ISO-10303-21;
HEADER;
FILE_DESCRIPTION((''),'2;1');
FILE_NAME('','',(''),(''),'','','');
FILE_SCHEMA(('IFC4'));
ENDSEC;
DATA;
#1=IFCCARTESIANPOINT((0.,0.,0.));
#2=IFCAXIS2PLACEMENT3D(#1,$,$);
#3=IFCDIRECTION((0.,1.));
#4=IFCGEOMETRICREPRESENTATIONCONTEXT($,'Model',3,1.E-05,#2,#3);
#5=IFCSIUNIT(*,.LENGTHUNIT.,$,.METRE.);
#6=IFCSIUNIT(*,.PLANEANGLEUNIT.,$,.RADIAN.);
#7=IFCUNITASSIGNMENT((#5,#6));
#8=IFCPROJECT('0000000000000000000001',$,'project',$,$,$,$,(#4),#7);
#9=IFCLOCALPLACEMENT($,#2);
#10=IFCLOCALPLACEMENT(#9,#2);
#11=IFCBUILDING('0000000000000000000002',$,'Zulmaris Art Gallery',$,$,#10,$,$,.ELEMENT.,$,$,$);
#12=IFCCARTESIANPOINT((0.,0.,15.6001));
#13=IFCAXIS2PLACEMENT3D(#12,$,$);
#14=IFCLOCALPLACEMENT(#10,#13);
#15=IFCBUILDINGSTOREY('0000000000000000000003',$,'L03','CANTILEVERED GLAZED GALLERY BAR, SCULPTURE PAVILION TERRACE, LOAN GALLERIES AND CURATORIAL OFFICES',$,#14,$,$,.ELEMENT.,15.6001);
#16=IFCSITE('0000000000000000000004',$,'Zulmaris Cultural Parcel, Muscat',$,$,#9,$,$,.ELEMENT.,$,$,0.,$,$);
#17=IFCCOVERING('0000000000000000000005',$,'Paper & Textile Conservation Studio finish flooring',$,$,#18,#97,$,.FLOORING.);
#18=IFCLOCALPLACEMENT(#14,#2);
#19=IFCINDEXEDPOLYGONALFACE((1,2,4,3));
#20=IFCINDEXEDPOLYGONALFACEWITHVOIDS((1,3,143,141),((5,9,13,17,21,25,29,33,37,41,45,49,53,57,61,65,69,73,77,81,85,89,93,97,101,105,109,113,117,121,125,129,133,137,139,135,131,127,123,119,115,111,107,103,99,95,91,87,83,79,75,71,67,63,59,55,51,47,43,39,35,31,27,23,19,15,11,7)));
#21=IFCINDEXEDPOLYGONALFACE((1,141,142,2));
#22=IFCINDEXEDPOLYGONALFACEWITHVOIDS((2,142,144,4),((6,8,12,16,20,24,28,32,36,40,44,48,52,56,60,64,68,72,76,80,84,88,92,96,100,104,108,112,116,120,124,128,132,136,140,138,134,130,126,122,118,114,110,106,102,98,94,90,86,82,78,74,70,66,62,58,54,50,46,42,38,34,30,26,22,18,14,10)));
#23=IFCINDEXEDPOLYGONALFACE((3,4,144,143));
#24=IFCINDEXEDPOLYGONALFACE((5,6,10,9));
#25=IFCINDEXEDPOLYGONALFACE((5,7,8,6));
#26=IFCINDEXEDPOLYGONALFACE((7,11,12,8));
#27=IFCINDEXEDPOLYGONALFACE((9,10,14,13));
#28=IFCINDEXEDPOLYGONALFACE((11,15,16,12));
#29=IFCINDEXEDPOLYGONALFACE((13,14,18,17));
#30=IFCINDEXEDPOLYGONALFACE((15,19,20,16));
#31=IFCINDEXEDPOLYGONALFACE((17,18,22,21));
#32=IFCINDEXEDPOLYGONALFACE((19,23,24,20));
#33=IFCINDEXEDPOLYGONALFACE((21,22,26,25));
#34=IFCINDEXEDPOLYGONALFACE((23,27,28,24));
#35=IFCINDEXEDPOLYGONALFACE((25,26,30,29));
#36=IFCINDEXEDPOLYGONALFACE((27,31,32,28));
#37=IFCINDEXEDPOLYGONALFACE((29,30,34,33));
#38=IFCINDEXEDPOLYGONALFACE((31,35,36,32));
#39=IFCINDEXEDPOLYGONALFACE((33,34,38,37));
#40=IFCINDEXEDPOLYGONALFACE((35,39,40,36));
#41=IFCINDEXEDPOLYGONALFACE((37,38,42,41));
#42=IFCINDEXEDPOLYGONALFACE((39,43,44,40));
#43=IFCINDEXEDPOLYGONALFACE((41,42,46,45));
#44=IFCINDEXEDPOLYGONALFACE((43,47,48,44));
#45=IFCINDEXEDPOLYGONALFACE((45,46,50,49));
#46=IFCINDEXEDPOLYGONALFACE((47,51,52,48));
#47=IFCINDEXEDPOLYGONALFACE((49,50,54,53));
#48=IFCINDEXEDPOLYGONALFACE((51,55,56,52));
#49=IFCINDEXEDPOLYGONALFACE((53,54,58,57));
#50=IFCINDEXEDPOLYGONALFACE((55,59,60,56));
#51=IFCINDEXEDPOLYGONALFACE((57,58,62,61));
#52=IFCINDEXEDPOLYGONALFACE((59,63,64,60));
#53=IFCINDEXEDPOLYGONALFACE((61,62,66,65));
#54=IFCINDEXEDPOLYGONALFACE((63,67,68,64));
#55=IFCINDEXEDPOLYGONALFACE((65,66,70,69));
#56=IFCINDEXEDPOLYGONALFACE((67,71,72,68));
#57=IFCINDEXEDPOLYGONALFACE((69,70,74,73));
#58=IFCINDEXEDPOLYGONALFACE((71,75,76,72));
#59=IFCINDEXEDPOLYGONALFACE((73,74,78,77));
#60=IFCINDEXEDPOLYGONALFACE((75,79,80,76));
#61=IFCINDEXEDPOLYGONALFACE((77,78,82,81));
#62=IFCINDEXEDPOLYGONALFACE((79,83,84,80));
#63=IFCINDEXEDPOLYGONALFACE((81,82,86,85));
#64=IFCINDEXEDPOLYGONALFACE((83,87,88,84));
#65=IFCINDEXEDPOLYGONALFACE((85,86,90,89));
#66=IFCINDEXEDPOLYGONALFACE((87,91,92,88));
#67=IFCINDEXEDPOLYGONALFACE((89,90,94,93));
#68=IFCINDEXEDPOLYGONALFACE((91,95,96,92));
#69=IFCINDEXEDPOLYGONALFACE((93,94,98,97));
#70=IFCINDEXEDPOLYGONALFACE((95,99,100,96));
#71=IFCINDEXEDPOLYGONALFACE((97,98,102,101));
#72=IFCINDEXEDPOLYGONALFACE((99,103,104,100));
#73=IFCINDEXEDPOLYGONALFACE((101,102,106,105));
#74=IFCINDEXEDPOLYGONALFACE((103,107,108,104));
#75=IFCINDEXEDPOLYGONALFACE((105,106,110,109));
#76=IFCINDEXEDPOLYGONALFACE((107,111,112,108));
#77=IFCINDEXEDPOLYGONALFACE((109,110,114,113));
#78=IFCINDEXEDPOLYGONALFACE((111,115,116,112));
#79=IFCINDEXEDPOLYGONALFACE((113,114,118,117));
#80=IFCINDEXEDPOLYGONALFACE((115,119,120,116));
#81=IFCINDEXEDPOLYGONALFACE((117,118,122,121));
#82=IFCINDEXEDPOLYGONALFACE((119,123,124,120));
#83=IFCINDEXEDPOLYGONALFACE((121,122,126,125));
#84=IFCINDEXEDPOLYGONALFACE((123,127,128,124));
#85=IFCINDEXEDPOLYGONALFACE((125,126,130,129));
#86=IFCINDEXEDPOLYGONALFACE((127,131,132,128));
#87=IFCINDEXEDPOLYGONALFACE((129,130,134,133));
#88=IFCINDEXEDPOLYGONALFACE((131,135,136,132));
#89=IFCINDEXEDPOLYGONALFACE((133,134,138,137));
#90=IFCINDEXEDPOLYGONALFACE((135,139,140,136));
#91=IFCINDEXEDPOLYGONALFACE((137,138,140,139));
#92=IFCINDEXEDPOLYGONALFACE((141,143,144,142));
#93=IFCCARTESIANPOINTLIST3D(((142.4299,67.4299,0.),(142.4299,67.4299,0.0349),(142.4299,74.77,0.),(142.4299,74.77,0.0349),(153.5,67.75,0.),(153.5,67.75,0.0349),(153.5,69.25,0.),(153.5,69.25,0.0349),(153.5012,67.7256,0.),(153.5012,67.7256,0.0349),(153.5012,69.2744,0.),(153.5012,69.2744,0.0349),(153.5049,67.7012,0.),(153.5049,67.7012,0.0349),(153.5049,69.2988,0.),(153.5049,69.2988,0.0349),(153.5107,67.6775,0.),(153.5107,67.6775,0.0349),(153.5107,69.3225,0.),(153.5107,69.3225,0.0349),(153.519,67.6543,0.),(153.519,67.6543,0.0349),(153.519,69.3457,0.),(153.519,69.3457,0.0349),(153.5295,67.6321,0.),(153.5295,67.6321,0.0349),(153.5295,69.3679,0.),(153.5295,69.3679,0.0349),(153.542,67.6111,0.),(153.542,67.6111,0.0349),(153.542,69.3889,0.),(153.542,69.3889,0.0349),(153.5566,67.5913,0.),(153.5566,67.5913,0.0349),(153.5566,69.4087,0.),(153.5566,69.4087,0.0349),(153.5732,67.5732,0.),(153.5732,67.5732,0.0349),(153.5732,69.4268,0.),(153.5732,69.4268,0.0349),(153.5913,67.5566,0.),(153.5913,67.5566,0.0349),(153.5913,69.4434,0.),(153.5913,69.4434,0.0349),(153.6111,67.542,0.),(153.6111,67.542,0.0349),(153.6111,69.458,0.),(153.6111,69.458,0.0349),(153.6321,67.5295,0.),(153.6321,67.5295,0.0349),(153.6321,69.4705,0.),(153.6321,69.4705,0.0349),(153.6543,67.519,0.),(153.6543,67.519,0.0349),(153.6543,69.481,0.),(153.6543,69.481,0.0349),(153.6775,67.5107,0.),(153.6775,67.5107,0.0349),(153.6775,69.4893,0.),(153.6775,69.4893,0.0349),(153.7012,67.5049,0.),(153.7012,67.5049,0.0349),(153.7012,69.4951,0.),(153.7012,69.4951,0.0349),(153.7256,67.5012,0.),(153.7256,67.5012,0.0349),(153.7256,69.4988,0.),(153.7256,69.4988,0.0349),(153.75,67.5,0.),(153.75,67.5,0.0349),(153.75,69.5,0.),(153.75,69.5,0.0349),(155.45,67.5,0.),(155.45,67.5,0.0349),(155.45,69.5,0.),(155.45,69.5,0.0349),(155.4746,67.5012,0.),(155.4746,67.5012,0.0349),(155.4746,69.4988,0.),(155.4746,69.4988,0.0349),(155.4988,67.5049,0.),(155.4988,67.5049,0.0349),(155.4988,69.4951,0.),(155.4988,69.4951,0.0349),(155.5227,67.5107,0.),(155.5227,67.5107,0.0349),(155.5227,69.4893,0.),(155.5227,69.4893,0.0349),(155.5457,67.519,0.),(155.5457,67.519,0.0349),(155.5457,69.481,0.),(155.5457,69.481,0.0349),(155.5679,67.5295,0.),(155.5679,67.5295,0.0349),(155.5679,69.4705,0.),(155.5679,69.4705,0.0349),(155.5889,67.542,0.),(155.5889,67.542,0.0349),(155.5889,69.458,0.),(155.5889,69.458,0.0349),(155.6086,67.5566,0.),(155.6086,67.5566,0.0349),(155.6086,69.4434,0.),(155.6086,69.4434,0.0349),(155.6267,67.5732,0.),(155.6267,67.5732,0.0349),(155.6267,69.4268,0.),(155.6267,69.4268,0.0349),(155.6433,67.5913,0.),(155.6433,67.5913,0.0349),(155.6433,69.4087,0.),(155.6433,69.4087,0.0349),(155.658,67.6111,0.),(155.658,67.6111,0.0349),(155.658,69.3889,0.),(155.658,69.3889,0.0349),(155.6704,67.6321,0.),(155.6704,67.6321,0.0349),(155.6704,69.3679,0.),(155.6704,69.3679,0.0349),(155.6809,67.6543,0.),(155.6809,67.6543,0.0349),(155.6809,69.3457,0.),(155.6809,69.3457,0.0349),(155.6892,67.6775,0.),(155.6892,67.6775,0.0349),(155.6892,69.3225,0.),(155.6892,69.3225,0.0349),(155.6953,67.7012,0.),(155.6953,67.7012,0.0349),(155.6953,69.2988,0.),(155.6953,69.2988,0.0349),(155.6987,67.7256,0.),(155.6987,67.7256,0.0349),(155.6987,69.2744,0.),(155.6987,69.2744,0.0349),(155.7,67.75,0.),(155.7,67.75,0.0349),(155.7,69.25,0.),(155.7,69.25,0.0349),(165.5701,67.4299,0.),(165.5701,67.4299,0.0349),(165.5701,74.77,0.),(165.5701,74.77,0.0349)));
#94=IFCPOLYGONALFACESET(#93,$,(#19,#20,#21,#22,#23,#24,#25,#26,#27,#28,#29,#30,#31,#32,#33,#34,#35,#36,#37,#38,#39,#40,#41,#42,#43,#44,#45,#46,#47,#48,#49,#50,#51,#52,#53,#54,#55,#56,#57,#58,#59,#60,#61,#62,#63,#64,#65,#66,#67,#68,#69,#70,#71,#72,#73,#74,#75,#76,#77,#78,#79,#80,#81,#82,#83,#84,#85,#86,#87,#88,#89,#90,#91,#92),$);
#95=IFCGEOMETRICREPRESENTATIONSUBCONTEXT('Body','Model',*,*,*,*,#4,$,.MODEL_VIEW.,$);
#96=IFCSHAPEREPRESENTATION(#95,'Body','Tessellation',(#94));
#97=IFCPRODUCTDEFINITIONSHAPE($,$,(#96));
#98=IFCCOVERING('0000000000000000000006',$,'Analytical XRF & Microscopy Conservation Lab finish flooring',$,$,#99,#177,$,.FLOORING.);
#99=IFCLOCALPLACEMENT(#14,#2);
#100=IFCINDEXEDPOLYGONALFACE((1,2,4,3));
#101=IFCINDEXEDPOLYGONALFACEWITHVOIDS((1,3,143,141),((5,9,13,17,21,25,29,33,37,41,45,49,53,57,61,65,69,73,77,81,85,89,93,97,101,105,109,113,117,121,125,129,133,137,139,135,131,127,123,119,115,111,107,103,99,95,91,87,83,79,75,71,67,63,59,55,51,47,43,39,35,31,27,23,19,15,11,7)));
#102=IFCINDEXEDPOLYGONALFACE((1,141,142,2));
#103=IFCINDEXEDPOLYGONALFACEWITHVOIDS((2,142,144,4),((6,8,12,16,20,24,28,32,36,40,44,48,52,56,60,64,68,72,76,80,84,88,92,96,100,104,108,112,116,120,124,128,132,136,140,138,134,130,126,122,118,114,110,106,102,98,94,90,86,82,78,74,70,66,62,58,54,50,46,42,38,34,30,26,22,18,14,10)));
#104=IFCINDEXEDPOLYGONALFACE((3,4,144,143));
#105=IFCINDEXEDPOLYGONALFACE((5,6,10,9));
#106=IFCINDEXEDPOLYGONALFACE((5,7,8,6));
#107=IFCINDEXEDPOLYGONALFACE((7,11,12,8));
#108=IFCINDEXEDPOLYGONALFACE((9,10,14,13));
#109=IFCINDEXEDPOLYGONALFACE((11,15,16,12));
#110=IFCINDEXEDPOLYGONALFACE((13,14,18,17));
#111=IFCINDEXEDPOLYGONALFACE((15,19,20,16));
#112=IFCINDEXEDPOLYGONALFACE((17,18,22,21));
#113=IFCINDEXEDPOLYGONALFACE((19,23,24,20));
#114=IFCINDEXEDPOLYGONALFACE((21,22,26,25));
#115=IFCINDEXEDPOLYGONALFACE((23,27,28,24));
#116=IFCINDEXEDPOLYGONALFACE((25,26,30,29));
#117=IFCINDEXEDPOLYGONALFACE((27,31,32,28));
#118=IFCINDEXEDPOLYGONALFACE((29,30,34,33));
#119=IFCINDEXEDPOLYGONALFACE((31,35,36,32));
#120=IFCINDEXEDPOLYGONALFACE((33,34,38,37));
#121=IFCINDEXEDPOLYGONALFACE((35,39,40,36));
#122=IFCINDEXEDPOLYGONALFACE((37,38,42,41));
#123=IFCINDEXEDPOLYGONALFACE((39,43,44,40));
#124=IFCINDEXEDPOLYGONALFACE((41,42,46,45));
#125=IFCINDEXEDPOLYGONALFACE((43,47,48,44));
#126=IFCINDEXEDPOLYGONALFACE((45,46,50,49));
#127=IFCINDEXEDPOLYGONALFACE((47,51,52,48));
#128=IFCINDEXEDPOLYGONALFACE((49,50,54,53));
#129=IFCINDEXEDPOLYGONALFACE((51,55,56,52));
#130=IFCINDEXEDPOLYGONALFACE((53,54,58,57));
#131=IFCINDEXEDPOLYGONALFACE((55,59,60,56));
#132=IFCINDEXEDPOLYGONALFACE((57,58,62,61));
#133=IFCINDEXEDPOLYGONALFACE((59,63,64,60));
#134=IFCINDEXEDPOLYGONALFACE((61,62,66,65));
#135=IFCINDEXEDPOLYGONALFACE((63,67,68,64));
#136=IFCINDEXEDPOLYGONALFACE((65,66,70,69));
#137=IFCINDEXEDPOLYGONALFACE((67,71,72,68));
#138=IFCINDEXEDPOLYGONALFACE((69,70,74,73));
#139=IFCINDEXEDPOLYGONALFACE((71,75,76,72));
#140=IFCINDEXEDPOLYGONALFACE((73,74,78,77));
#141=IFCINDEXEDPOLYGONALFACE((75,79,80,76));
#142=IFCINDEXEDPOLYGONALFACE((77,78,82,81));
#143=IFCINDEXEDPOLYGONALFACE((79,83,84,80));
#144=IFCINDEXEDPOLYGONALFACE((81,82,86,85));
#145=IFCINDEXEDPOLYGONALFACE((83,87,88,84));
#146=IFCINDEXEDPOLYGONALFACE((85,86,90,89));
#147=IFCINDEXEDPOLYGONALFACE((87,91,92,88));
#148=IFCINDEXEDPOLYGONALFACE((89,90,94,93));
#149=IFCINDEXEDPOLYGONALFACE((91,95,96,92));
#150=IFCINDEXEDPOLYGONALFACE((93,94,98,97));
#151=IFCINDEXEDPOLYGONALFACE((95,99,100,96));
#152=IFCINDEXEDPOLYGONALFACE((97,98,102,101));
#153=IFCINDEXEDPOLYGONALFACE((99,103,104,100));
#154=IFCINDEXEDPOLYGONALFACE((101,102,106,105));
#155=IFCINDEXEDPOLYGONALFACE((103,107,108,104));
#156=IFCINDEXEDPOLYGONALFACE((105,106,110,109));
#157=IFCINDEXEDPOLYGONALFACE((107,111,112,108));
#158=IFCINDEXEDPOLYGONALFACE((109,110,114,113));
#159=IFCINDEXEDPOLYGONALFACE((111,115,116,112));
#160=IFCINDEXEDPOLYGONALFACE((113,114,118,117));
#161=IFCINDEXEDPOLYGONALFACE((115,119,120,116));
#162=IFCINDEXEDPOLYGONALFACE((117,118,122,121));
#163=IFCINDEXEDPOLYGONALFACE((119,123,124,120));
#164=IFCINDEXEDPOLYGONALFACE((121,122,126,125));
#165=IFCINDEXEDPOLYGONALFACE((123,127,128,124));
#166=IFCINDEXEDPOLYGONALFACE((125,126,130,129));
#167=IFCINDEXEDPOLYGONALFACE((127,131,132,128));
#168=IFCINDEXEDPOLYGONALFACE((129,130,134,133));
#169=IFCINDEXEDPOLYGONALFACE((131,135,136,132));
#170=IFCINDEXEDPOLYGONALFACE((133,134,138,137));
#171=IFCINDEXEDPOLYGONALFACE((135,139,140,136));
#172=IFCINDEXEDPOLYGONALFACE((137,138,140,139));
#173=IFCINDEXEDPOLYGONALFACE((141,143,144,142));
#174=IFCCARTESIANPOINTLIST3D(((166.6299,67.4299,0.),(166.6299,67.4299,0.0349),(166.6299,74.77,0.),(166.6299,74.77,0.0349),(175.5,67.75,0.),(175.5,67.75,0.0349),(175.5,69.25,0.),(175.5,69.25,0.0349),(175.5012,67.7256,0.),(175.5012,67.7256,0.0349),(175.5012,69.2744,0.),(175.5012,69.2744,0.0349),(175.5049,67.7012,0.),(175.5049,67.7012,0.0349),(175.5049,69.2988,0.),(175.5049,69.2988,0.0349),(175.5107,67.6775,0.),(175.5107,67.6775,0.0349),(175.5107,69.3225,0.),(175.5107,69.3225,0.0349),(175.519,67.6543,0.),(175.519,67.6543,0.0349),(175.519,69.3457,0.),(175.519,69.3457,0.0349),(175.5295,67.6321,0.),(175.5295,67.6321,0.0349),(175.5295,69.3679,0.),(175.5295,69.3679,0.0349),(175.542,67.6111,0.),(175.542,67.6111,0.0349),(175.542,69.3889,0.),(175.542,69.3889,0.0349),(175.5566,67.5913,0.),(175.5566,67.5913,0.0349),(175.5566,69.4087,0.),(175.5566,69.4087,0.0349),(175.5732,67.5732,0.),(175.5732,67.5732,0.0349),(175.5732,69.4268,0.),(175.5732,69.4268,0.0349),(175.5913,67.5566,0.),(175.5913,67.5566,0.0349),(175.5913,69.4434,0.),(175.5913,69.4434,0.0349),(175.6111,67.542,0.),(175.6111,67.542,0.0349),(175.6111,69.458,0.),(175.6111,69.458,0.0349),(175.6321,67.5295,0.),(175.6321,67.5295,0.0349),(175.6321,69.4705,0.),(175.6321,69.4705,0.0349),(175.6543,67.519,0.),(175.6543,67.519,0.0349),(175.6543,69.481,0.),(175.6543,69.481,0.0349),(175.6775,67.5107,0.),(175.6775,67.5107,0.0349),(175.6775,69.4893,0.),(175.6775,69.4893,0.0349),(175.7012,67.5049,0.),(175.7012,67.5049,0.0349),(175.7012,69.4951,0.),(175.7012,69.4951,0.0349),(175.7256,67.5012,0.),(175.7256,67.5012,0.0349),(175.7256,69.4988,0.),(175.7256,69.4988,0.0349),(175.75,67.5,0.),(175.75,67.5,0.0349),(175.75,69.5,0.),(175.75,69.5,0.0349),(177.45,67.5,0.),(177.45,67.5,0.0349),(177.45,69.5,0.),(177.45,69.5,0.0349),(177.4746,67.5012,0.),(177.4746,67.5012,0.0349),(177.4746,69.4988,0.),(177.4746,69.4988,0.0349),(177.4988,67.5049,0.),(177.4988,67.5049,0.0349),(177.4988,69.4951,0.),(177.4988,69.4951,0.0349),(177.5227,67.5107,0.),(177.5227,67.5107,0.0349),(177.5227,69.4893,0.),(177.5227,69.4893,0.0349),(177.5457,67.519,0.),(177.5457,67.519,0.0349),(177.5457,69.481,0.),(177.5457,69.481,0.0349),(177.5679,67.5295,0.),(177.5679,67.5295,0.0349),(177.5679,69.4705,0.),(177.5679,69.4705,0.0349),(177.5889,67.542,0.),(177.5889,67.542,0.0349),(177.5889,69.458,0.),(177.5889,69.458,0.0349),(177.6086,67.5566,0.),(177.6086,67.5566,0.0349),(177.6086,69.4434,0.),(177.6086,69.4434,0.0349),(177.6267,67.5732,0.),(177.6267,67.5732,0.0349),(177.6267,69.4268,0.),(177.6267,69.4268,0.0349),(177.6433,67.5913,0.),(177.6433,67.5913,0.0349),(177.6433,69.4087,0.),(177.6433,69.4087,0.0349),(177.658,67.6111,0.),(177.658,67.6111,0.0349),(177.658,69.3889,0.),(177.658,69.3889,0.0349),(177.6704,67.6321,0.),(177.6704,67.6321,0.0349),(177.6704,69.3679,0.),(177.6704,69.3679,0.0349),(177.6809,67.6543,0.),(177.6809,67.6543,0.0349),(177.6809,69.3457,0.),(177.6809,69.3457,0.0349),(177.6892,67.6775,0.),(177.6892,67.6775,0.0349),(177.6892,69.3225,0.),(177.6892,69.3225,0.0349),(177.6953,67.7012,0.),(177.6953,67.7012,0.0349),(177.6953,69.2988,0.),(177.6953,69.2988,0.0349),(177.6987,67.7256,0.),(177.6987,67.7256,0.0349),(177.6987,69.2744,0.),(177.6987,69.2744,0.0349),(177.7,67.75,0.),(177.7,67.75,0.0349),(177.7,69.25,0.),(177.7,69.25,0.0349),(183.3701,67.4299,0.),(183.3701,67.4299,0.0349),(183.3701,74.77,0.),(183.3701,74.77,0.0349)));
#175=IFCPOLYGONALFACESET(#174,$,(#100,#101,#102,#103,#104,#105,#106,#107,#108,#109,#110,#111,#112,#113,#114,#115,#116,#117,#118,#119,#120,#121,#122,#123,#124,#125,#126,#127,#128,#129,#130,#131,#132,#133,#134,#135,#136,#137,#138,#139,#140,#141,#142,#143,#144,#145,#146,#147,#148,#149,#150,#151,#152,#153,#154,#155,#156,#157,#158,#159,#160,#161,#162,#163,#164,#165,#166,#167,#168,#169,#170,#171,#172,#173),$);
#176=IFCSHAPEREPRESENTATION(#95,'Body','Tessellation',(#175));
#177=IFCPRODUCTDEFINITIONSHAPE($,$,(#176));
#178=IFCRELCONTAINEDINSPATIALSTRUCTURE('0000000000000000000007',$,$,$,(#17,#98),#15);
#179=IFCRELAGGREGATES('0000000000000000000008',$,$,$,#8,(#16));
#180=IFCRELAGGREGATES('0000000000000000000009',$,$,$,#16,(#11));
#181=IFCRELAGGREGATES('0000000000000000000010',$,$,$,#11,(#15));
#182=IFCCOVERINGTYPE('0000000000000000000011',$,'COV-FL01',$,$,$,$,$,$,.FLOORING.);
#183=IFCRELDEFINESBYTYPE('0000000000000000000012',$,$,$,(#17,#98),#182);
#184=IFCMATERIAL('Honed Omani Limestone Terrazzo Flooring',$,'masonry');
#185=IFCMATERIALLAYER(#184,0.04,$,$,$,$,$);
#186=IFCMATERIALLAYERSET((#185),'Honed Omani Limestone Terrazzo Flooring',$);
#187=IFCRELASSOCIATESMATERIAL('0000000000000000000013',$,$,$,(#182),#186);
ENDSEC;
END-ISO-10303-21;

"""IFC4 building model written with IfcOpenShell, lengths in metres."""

from ifc_helpers import new_model, si_unit, direction, frame, origin, place, context, subcontext, project, spatial, polyline, outline, extrude, material, layer, layer_set, type_object, element, save


model = new_model("IFC4")

# Units and contexts
model_context = context("Model", 3, precision=1e-05, world=origin(), true_north=direction((0.0, 1.0)))
body_context = subcontext(model_context, "Body", "Model", "MODEL_VIEW")
ifc_project = project(units=[si_unit("LENGTHUNIT", "METRE"), si_unit("PLANEANGLEUNIT", "RADIAN")], contexts=[model_context])

# Site, building, storey
site_placement = place(None, origin())
site = spatial("IfcSite", under=ifc_project, at=site_placement, Name="Zulmaris Cultural Parcel, Muscat", CompositionType="ELEMENT", RefElevation=0.0)
building_placement = place(site_placement, origin())
building = spatial("IfcBuilding", under=site, at=building_placement, Name="Zulmaris Art Gallery", CompositionType="ELEMENT")
storey_placement = place(building_placement, frame((0.0, 0.0, 15.6001)))
storey = spatial("IfcBuildingStorey", under=building, at=storey_placement, Name="L03", Description="CANTILEVERED GLAZED GALLERY BAR, SCULPTURE PAVILION TERRACE, LOAN GALLERIES AND CURATORIAL OFFICES", CompositionType="ELEMENT", Elevation=15.6001)

# Coverings
ifc_material_1 = material(Name="Honed Omani Limestone Terrazzo Flooring", Category="masonry")
ifc_layer_1 = layer(ifc_material_1, 0.04)
ifc_layer_set_1 = layer_set([ifc_layer_1], Name="Honed Omani Limestone Terrazzo Flooring")
covering_type_1 = type_object("IfcCoveringType", Name="COV-FL01", PredefinedType="FLOORING", material=ifc_layer_set_1)
covering_1_placement = place(storey_placement, origin())
element("IfcCovering", 1, at=covering_1_placement, inside=storey, type_object=covering_type_1, Name="Paper & Textile Conservation Studio finish flooring", PredefinedType="FLOORING", context=body_context, shape_type="SweptSolid", body=[
    extrude(outline(polyline([(165.5701, 67.4299), (142.4299, 67.4299), (142.4299, 74.77), (165.5701, 74.77), (165.5701, 67.4299)]), holes=[polyline([(153.5012, 67.7256), (153.5049, 67.7012), (153.5107, 67.6775), (153.519, 67.6543), (153.5295, 67.6321), (153.542, 67.6111), (153.5566, 67.5913), (153.5732, 67.5732), (153.5913, 67.5566), (153.6111, 67.542), (153.6321, 67.5295), (153.6543, 67.519), (153.6775, 67.5107), (153.7012, 67.5049), (153.7256, 67.5012), (153.75, 67.5), (155.45, 67.5), (155.4746, 67.5012), (155.4988, 67.5049), (155.5227, 67.5107), (155.5457, 67.519), (155.5679, 67.5295), (155.5889, 67.542), (155.6086, 67.5566), (155.6267, 67.5732), (155.6433, 67.5913), (155.658, 67.6111), (155.6704, 67.6321), (155.6809, 67.6543), (155.6892, 67.6775), (155.6953, 67.7012), (155.6987, 67.7256), (155.7, 67.75), (155.7, 69.25), (155.6987, 69.2744), (155.6953, 69.2988), (155.6892, 69.3225), (155.6809, 69.3457), (155.6704, 69.3679), (155.658, 69.3889), (155.6433, 69.4087), (155.6267, 69.4268), (155.6086, 69.4434), (155.5889, 69.458), (155.5679, 69.4705), (155.5457, 69.481), (155.5227, 69.4893), (155.4988, 69.4951), (155.4746, 69.4988), (155.45, 69.5), (153.75, 69.5), (153.7256, 69.4988), (153.7012, 69.4951), (153.6775, 69.4893), (153.6543, 69.481), (153.6321, 69.4705), (153.6111, 69.458), (153.5913, 69.4434), (153.5732, 69.4268), (153.5566, 69.4087), (153.542, 69.3889), (153.5295, 69.3679), (153.519, 69.3457), (153.5107, 69.3225), (153.5049, 69.2988), (153.5012, 69.2744), (153.5, 69.25), (153.5, 67.75), (153.5012, 67.7256)])]), origin(), (0.0, 0.0, 1.0), 0.0349),
])
covering_2_placement = place(storey_placement, origin())
element("IfcCovering", 2, at=covering_2_placement, inside=storey, type_object=covering_type_1, Name="Analytical XRF & Microscopy Conservation Lab finish flooring", PredefinedType="FLOORING", context=body_context, shape_type="SweptSolid", body=[
    extrude(outline(polyline([(183.3701, 67.4299), (166.6299, 67.4299), (166.6299, 74.77), (183.3701, 74.77), (183.3701, 67.4299)]), holes=[polyline([(175.7256, 69.4988), (175.7012, 69.4951), (175.6775, 69.4893), (175.6543, 69.481), (175.6321, 69.4705), (175.6111, 69.458), (175.5913, 69.4434), (175.5732, 69.4268), (175.5566, 69.4087), (175.542, 69.3889), (175.5295, 69.3679), (175.519, 69.3457), (175.5107, 69.3225), (175.5049, 69.2988), (175.5012, 69.2744), (175.5, 69.25), (175.5, 67.75), (175.5012, 67.7256), (175.5049, 67.7012), (175.5107, 67.6775), (175.519, 67.6543), (175.5295, 67.6321), (175.542, 67.6111), (175.5566, 67.5913), (175.5732, 67.5732), (175.5913, 67.5566), (175.6111, 67.542), (175.6321, 67.5295), (175.6543, 67.519), (175.6775, 67.5107), (175.7012, 67.5049), (175.7256, 67.5012), (175.75, 67.5), (177.45, 67.5), (177.4746, 67.5012), (177.4988, 67.5049), (177.5227, 67.5107), (177.5457, 67.519), (177.5679, 67.5295), (177.5889, 67.542), (177.6086, 67.5566), (177.6267, 67.5732), (177.6433, 67.5913), (177.658, 67.6111), (177.6704, 67.6321), (177.6809, 67.6543), (177.6892, 67.6775), (177.6953, 67.7012), (177.6987, 67.7256), (177.7, 67.75), (177.7, 69.25), (177.6987, 69.2744), (177.6953, 69.2988), (177.6892, 69.3225), (177.6809, 69.3457), (177.6704, 69.3679), (177.658, 69.3889), (177.6433, 69.4087), (177.6267, 69.4268), (177.6086, 69.4434), (177.5889, 69.458), (177.5679, 69.4705), (177.5457, 69.481), (177.5227, 69.4893), (177.4988, 69.4951), (177.4746, 69.4988), (177.45, 69.5), (175.75, 69.5), (175.7256, 69.4988)])]), origin(), (0.0, 0.0, 1.0), 0.0349),
])

save(model, "model.ifc")
